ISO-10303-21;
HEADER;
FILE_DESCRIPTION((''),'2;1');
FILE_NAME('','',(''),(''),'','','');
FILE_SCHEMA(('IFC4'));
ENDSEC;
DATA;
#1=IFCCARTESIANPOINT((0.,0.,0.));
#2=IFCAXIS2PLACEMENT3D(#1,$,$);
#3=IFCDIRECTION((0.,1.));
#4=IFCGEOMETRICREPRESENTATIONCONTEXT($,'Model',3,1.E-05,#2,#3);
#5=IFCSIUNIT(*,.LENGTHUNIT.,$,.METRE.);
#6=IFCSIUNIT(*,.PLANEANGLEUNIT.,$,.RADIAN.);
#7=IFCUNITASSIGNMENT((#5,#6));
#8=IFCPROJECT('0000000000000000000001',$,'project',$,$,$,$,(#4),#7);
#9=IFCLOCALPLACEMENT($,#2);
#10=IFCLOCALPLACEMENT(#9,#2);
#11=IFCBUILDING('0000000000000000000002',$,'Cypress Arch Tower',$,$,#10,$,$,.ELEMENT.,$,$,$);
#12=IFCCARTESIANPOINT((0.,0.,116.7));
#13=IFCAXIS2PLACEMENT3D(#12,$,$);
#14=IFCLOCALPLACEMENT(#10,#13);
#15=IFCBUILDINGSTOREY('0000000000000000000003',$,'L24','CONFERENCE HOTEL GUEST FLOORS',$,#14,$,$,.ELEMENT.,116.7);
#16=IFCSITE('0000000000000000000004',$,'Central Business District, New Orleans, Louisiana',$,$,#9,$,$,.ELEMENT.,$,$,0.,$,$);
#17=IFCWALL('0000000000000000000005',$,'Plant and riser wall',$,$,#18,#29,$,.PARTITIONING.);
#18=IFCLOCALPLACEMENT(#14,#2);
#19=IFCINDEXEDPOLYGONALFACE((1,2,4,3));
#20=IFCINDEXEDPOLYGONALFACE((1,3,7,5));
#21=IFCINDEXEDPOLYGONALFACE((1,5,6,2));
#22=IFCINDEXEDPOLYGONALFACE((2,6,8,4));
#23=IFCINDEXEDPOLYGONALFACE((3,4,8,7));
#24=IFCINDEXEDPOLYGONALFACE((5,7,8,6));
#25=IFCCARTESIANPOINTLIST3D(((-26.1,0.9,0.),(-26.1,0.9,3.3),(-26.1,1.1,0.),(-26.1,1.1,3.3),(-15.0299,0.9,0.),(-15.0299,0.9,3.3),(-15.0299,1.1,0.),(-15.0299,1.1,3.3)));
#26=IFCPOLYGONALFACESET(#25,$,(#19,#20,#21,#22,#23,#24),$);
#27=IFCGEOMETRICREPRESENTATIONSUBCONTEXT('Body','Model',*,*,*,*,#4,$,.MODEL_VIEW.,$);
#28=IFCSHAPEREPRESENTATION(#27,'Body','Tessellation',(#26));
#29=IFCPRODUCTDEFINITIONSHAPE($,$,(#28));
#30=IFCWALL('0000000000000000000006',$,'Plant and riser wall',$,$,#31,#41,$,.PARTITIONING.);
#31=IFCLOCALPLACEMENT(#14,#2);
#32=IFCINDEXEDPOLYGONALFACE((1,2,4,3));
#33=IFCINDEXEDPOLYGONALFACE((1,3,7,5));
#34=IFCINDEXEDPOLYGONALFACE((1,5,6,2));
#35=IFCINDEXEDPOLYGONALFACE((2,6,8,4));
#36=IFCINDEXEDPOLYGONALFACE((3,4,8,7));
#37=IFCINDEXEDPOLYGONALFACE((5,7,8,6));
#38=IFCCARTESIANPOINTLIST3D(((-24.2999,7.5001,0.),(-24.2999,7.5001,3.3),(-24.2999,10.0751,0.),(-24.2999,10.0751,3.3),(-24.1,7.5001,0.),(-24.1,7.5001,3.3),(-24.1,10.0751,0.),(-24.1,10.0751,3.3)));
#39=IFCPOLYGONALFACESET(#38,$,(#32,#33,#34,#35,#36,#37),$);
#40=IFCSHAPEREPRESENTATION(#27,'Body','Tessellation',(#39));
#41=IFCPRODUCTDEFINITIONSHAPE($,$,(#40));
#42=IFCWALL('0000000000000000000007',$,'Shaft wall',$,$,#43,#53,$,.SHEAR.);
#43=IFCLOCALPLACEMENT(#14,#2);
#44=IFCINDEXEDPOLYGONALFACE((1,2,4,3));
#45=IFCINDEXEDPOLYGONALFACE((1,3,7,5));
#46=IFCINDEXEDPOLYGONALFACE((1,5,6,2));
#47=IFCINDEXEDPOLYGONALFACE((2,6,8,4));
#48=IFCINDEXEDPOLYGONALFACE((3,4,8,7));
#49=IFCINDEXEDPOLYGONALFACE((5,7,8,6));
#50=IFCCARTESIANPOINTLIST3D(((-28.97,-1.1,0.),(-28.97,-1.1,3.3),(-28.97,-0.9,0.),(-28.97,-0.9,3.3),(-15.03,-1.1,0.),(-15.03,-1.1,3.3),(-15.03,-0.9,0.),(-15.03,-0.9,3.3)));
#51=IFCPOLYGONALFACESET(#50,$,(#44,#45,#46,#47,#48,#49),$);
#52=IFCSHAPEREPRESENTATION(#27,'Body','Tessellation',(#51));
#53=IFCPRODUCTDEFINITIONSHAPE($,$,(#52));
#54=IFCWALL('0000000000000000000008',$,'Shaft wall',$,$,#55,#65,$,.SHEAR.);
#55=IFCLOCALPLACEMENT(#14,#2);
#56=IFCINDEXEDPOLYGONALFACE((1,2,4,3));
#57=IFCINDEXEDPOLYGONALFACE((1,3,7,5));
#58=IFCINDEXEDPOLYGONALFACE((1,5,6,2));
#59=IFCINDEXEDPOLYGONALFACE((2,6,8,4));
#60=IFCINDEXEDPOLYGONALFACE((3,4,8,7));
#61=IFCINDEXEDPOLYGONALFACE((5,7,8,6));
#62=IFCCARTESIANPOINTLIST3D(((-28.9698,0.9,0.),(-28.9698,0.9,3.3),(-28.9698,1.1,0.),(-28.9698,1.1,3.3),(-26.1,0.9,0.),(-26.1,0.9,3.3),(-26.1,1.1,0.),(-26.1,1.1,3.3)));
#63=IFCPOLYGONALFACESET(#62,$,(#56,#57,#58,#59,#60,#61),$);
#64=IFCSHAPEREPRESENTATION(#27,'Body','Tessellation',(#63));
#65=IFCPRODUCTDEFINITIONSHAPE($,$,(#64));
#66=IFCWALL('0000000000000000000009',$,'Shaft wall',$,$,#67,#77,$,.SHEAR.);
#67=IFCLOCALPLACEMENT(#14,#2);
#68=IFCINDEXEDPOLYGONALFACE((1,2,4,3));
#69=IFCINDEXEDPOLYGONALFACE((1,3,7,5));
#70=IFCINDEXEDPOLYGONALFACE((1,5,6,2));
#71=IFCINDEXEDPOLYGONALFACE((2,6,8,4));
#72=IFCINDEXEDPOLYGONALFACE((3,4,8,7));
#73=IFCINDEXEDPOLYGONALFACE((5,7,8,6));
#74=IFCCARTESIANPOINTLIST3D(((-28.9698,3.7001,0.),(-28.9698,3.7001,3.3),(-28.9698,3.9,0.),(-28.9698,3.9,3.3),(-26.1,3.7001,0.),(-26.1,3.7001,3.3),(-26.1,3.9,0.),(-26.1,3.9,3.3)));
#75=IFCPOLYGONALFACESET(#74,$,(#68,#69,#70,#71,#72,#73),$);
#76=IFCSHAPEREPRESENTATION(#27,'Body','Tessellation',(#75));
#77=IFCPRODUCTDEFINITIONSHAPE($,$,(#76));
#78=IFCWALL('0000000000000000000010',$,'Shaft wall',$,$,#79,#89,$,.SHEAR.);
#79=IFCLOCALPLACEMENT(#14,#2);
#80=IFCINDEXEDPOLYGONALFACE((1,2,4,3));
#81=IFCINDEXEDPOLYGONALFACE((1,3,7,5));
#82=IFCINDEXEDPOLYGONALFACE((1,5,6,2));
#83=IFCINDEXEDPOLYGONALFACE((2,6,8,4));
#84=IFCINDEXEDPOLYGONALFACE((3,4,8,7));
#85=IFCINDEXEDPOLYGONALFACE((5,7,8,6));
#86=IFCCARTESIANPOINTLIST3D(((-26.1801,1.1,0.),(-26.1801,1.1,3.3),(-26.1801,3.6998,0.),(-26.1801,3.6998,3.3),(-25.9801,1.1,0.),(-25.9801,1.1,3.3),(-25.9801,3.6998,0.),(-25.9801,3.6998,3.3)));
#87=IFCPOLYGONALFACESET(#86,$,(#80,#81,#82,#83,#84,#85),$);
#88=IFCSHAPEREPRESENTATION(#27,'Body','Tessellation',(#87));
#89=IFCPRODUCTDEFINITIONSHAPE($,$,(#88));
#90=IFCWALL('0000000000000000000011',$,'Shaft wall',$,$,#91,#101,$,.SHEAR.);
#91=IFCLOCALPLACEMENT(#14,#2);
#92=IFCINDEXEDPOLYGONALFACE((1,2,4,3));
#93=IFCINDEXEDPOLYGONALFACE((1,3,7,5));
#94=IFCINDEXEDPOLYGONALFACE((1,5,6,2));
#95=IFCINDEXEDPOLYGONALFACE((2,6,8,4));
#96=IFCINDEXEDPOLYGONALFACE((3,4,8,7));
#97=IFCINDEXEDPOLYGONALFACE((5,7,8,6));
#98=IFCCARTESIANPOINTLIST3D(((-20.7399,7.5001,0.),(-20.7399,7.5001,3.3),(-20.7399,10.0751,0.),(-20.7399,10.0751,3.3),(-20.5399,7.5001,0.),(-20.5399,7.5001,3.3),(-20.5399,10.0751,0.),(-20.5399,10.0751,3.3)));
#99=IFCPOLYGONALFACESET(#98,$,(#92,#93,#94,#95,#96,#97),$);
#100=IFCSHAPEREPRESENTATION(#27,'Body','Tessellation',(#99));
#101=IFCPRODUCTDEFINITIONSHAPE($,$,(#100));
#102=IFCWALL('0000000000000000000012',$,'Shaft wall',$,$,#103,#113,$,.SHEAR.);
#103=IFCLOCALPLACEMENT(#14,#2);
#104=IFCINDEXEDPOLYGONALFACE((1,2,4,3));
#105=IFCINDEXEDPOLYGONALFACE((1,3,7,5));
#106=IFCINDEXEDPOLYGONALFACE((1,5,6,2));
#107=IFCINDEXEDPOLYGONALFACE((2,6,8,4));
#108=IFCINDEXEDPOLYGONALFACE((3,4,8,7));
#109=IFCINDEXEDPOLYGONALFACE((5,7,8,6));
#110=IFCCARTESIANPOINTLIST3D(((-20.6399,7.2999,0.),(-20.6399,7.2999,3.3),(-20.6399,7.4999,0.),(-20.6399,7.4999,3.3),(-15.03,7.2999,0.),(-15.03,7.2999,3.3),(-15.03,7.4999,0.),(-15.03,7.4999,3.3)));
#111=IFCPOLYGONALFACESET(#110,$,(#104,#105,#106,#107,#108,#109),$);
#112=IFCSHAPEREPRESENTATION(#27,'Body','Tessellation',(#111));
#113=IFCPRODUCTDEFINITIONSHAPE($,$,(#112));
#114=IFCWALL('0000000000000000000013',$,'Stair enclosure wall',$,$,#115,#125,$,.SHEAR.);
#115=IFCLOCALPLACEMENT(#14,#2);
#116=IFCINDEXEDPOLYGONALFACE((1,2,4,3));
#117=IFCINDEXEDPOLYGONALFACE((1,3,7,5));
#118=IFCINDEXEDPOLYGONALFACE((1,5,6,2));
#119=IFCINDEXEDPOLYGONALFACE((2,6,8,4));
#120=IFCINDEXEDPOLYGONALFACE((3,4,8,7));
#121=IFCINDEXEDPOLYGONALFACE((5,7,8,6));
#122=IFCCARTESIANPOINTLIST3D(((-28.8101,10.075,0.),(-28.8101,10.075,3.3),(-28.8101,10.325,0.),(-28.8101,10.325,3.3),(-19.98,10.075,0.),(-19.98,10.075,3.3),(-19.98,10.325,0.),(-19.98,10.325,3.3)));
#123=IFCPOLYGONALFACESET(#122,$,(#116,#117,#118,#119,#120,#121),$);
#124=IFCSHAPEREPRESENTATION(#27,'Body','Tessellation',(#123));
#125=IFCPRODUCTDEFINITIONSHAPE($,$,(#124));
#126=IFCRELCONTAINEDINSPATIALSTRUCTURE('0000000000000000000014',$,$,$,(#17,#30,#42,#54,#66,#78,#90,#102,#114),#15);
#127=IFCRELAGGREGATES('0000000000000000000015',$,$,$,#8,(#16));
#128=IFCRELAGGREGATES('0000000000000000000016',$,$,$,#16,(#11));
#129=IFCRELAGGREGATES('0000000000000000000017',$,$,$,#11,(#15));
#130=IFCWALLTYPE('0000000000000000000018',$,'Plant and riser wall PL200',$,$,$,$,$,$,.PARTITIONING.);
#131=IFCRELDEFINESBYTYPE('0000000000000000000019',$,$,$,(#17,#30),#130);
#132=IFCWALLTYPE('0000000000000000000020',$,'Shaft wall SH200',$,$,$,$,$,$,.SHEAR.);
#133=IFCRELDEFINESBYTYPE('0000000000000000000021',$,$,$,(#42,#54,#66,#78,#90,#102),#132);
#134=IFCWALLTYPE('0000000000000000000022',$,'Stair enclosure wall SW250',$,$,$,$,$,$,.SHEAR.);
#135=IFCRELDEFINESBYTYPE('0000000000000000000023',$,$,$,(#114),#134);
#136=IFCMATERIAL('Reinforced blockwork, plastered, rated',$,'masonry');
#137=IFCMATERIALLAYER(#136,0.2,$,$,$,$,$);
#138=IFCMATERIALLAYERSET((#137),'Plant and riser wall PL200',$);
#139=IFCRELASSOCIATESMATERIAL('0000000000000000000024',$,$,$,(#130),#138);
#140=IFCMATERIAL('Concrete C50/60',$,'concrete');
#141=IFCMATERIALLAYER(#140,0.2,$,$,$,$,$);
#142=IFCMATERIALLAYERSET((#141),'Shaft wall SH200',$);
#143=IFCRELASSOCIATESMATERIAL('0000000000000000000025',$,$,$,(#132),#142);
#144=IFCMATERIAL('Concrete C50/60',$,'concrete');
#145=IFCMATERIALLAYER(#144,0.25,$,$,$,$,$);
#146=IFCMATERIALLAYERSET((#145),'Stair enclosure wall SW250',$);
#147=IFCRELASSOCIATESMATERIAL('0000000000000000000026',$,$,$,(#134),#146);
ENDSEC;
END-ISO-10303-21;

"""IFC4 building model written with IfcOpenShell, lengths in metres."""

from ifc_helpers import new_model, si_unit, direction, frame, frame_2d, origin, place, context, subcontext, project, spatial, rectangle, extrude, material, layer, layer_set, type_object, element, save


model = new_model("IFC4")

# Units and contexts
model_context = context("Model", 3, precision=1e-05, world=origin(), true_north=direction((0.0, 1.0)))
body_context = subcontext(model_context, "Body", "Model", "MODEL_VIEW")
ifc_project = project(units=[si_unit("LENGTHUNIT", "METRE"), si_unit("PLANEANGLEUNIT", "RADIAN")], contexts=[model_context])

# Site, building, storey
site_placement = place(None, origin())
site = spatial("IfcSite", under=ifc_project, at=site_placement, Name="Central Business District, New Orleans, Louisiana", CompositionType="ELEMENT", RefElevation=0.0)
building_placement = place(site_placement, origin())
building = spatial("IfcBuilding", under=site, at=building_placement, Name="Cypress Arch Tower", CompositionType="ELEMENT")
storey_placement = place(building_placement, frame((0.0, 0.0, 116.7)))
storey = spatial("IfcBuildingStorey", under=building, at=storey_placement, Name="L24", Description="CONFERENCE HOTEL GUEST FLOORS", CompositionType="ELEMENT", Elevation=116.7)

# Shared definitions
ifc_material_1 = material(Name="Reinforced blockwork, plastered, rated", Category="masonry")
ifc_layer_1 = layer(ifc_material_1, 0.2)
ifc_layer_set_1 = layer_set([ifc_layer_1], Name="Plant and riser wall PL200")
wall_type_1 = type_object("IfcWallType", Name="Plant and riser wall PL200", PredefinedType="PARTITIONING", material=ifc_layer_set_1)

# Walls
wall_1_placement = place(storey_placement, frame((-26.1001, 1.0, 0.0), z_axis=(0.0, 0.0, 1.0), x_axis=(1.0, 0.0, 0.0)))
element("IfcWall", 1, at=wall_1_placement, inside=storey, type_object=wall_type_1, Name="Plant and riser wall", PredefinedType="PARTITIONING", context=body_context, shape_type="SweptSolid", body=[
    extrude(rectangle(XDim=11.0701, YDim=0.2, at=frame_2d((5.5352, 0.0))), origin(), (0.0, 0.0, 1.0), 3.3),
])
wall_2_placement = place(storey_placement, frame((-24.2, 7.5, 0.0), z_axis=(0.0, 0.0, 1.0), x_axis=(0.0, 1.0, 0.0)))
element("IfcWall", 2, at=wall_2_placement, inside=storey, type_object=wall_type_1, Name="Plant and riser wall", PredefinedType="PARTITIONING", context=body_context, shape_type="SweptSolid", body=[
    extrude(rectangle(XDim=2.575, YDim=0.2, at=frame_2d((1.2876, 0.0))), origin(), (0.0, 0.0, 1.0), 3.3),
])
ifc_material_2 = material(Name="Concrete C50/60", Category="concrete")
ifc_layer_2 = layer(ifc_material_2, 0.2)
ifc_layer_set_2 = layer_set([ifc_layer_2], Name="Shaft wall SH200")
wall_type_2 = type_object("IfcWallType", Name="Shaft wall SH200", PredefinedType="SHEAR", material=ifc_layer_set_2)
wall_3_placement = place(storey_placement, frame((-28.97, -1.0, 0.0), z_axis=(0.0, 0.0, 1.0), x_axis=(1.0, 0.0, 0.0)))
element("IfcWall", 3, at=wall_3_placement, inside=storey, type_object=wall_type_2, Name="Shaft wall", PredefinedType="SHEAR", context=body_context, shape_type="SweptSolid", body=[
    extrude(rectangle(XDim=13.9399, YDim=0.2, at=frame_2d((6.97, 0.0))), origin(), (0.0, 0.0, 1.0), 3.3),
])
for number, where, z_axis, x_axis, name in (
    (4, (-28.97, 1.0, 0.0), (0.0, 0.0, 1.0), (1.0, 0.0, 0.0), "Shaft wall"),
    (5, (-28.97, 3.8, 0.0), (0.0, 0.0, 1.0), (1.0, 0.0, 0.0), "Shaft wall"),
):
    element("IfcWall", number, at=place(storey_placement, frame(where, z_axis=z_axis, x_axis=x_axis)), inside=storey, type_object=wall_type_2, Name=name, PredefinedType="SHEAR", context=body_context, shape_type="SweptSolid", body=[
        extrude(rectangle(XDim=2.8699, YDim=0.2, at=frame_2d((1.4351, 0.0))), origin(), (0.0, 0.0, 1.0), 3.3),
    ])
wall_4_placement = place(storey_placement, frame((-26.0801, 1.1001, 0.0), z_axis=(0.0, 0.0, 1.0), x_axis=(0.0, 1.0, 0.0)))
element("IfcWall", 6, at=wall_4_placement, inside=storey, type_object=wall_type_2, Name="Shaft wall", PredefinedType="SHEAR", context=body_context, shape_type="SweptSolid", body=[
    extrude(rectangle(XDim=2.5999, YDim=0.2, at=frame_2d((1.2998, 0.0))), origin(), (0.0, 0.0, 1.0), 3.3),
])
wall_5_placement = place(storey_placement, frame((-20.6399, 7.5, 0.0), z_axis=(0.0, 0.0, 1.0), x_axis=(0.0, 1.0, 0.0)))
element("IfcWall", 7, at=wall_5_placement, inside=storey, type_object=wall_type_2, Name="Shaft wall", PredefinedType="SHEAR", context=body_context, shape_type="SweptSolid", body=[
    extrude(rectangle(XDim=2.575, YDim=0.2, at=frame_2d((1.2876, 0.0))), origin(), (0.0, 0.0, 1.0), 3.3),
])
wall_6_placement = place(storey_placement, frame((-20.6399, 7.3999, 0.0), z_axis=(0.0, 0.0, 1.0), x_axis=(1.0, 0.0, 0.0)))
element("IfcWall", 8, at=wall_6_placement, inside=storey, type_object=wall_type_2, Name="Shaft wall", PredefinedType="SHEAR", context=body_context, shape_type="SweptSolid", body=[
    extrude(rectangle(XDim=5.6099, YDim=0.2, at=frame_2d((2.8049, 0.0))), origin(), (0.0, 0.0, 1.0), 3.3),
])
ifc_material_3 = material(Name="Concrete C50/60", Category="concrete")
ifc_layer_3 = layer(ifc_material_3, 0.25)
ifc_layer_set_3 = layer_set([ifc_layer_3], Name="Stair enclosure wall SW250")
wall_type_3 = type_object("IfcWallType", Name="Stair enclosure wall SW250", PredefinedType="SHEAR", material=ifc_layer_set_3)
wall_7_placement = place(storey_placement, frame((-28.8101, 10.2, 0.0), z_axis=(0.0, 0.0, 1.0), x_axis=(1.0, 0.0, 0.0)))
element("IfcWall", 9, at=wall_7_placement, inside=storey, type_object=wall_type_3, Name="Stair enclosure wall", PredefinedType="SHEAR", context=body_context, shape_type="SweptSolid", body=[
    extrude(rectangle(XDim=8.8301, YDim=0.25, at=frame_2d((4.415, 0.0))), origin(), (0.0, 0.0, 1.0), 3.3),
])

save(model, "model.ifc")
